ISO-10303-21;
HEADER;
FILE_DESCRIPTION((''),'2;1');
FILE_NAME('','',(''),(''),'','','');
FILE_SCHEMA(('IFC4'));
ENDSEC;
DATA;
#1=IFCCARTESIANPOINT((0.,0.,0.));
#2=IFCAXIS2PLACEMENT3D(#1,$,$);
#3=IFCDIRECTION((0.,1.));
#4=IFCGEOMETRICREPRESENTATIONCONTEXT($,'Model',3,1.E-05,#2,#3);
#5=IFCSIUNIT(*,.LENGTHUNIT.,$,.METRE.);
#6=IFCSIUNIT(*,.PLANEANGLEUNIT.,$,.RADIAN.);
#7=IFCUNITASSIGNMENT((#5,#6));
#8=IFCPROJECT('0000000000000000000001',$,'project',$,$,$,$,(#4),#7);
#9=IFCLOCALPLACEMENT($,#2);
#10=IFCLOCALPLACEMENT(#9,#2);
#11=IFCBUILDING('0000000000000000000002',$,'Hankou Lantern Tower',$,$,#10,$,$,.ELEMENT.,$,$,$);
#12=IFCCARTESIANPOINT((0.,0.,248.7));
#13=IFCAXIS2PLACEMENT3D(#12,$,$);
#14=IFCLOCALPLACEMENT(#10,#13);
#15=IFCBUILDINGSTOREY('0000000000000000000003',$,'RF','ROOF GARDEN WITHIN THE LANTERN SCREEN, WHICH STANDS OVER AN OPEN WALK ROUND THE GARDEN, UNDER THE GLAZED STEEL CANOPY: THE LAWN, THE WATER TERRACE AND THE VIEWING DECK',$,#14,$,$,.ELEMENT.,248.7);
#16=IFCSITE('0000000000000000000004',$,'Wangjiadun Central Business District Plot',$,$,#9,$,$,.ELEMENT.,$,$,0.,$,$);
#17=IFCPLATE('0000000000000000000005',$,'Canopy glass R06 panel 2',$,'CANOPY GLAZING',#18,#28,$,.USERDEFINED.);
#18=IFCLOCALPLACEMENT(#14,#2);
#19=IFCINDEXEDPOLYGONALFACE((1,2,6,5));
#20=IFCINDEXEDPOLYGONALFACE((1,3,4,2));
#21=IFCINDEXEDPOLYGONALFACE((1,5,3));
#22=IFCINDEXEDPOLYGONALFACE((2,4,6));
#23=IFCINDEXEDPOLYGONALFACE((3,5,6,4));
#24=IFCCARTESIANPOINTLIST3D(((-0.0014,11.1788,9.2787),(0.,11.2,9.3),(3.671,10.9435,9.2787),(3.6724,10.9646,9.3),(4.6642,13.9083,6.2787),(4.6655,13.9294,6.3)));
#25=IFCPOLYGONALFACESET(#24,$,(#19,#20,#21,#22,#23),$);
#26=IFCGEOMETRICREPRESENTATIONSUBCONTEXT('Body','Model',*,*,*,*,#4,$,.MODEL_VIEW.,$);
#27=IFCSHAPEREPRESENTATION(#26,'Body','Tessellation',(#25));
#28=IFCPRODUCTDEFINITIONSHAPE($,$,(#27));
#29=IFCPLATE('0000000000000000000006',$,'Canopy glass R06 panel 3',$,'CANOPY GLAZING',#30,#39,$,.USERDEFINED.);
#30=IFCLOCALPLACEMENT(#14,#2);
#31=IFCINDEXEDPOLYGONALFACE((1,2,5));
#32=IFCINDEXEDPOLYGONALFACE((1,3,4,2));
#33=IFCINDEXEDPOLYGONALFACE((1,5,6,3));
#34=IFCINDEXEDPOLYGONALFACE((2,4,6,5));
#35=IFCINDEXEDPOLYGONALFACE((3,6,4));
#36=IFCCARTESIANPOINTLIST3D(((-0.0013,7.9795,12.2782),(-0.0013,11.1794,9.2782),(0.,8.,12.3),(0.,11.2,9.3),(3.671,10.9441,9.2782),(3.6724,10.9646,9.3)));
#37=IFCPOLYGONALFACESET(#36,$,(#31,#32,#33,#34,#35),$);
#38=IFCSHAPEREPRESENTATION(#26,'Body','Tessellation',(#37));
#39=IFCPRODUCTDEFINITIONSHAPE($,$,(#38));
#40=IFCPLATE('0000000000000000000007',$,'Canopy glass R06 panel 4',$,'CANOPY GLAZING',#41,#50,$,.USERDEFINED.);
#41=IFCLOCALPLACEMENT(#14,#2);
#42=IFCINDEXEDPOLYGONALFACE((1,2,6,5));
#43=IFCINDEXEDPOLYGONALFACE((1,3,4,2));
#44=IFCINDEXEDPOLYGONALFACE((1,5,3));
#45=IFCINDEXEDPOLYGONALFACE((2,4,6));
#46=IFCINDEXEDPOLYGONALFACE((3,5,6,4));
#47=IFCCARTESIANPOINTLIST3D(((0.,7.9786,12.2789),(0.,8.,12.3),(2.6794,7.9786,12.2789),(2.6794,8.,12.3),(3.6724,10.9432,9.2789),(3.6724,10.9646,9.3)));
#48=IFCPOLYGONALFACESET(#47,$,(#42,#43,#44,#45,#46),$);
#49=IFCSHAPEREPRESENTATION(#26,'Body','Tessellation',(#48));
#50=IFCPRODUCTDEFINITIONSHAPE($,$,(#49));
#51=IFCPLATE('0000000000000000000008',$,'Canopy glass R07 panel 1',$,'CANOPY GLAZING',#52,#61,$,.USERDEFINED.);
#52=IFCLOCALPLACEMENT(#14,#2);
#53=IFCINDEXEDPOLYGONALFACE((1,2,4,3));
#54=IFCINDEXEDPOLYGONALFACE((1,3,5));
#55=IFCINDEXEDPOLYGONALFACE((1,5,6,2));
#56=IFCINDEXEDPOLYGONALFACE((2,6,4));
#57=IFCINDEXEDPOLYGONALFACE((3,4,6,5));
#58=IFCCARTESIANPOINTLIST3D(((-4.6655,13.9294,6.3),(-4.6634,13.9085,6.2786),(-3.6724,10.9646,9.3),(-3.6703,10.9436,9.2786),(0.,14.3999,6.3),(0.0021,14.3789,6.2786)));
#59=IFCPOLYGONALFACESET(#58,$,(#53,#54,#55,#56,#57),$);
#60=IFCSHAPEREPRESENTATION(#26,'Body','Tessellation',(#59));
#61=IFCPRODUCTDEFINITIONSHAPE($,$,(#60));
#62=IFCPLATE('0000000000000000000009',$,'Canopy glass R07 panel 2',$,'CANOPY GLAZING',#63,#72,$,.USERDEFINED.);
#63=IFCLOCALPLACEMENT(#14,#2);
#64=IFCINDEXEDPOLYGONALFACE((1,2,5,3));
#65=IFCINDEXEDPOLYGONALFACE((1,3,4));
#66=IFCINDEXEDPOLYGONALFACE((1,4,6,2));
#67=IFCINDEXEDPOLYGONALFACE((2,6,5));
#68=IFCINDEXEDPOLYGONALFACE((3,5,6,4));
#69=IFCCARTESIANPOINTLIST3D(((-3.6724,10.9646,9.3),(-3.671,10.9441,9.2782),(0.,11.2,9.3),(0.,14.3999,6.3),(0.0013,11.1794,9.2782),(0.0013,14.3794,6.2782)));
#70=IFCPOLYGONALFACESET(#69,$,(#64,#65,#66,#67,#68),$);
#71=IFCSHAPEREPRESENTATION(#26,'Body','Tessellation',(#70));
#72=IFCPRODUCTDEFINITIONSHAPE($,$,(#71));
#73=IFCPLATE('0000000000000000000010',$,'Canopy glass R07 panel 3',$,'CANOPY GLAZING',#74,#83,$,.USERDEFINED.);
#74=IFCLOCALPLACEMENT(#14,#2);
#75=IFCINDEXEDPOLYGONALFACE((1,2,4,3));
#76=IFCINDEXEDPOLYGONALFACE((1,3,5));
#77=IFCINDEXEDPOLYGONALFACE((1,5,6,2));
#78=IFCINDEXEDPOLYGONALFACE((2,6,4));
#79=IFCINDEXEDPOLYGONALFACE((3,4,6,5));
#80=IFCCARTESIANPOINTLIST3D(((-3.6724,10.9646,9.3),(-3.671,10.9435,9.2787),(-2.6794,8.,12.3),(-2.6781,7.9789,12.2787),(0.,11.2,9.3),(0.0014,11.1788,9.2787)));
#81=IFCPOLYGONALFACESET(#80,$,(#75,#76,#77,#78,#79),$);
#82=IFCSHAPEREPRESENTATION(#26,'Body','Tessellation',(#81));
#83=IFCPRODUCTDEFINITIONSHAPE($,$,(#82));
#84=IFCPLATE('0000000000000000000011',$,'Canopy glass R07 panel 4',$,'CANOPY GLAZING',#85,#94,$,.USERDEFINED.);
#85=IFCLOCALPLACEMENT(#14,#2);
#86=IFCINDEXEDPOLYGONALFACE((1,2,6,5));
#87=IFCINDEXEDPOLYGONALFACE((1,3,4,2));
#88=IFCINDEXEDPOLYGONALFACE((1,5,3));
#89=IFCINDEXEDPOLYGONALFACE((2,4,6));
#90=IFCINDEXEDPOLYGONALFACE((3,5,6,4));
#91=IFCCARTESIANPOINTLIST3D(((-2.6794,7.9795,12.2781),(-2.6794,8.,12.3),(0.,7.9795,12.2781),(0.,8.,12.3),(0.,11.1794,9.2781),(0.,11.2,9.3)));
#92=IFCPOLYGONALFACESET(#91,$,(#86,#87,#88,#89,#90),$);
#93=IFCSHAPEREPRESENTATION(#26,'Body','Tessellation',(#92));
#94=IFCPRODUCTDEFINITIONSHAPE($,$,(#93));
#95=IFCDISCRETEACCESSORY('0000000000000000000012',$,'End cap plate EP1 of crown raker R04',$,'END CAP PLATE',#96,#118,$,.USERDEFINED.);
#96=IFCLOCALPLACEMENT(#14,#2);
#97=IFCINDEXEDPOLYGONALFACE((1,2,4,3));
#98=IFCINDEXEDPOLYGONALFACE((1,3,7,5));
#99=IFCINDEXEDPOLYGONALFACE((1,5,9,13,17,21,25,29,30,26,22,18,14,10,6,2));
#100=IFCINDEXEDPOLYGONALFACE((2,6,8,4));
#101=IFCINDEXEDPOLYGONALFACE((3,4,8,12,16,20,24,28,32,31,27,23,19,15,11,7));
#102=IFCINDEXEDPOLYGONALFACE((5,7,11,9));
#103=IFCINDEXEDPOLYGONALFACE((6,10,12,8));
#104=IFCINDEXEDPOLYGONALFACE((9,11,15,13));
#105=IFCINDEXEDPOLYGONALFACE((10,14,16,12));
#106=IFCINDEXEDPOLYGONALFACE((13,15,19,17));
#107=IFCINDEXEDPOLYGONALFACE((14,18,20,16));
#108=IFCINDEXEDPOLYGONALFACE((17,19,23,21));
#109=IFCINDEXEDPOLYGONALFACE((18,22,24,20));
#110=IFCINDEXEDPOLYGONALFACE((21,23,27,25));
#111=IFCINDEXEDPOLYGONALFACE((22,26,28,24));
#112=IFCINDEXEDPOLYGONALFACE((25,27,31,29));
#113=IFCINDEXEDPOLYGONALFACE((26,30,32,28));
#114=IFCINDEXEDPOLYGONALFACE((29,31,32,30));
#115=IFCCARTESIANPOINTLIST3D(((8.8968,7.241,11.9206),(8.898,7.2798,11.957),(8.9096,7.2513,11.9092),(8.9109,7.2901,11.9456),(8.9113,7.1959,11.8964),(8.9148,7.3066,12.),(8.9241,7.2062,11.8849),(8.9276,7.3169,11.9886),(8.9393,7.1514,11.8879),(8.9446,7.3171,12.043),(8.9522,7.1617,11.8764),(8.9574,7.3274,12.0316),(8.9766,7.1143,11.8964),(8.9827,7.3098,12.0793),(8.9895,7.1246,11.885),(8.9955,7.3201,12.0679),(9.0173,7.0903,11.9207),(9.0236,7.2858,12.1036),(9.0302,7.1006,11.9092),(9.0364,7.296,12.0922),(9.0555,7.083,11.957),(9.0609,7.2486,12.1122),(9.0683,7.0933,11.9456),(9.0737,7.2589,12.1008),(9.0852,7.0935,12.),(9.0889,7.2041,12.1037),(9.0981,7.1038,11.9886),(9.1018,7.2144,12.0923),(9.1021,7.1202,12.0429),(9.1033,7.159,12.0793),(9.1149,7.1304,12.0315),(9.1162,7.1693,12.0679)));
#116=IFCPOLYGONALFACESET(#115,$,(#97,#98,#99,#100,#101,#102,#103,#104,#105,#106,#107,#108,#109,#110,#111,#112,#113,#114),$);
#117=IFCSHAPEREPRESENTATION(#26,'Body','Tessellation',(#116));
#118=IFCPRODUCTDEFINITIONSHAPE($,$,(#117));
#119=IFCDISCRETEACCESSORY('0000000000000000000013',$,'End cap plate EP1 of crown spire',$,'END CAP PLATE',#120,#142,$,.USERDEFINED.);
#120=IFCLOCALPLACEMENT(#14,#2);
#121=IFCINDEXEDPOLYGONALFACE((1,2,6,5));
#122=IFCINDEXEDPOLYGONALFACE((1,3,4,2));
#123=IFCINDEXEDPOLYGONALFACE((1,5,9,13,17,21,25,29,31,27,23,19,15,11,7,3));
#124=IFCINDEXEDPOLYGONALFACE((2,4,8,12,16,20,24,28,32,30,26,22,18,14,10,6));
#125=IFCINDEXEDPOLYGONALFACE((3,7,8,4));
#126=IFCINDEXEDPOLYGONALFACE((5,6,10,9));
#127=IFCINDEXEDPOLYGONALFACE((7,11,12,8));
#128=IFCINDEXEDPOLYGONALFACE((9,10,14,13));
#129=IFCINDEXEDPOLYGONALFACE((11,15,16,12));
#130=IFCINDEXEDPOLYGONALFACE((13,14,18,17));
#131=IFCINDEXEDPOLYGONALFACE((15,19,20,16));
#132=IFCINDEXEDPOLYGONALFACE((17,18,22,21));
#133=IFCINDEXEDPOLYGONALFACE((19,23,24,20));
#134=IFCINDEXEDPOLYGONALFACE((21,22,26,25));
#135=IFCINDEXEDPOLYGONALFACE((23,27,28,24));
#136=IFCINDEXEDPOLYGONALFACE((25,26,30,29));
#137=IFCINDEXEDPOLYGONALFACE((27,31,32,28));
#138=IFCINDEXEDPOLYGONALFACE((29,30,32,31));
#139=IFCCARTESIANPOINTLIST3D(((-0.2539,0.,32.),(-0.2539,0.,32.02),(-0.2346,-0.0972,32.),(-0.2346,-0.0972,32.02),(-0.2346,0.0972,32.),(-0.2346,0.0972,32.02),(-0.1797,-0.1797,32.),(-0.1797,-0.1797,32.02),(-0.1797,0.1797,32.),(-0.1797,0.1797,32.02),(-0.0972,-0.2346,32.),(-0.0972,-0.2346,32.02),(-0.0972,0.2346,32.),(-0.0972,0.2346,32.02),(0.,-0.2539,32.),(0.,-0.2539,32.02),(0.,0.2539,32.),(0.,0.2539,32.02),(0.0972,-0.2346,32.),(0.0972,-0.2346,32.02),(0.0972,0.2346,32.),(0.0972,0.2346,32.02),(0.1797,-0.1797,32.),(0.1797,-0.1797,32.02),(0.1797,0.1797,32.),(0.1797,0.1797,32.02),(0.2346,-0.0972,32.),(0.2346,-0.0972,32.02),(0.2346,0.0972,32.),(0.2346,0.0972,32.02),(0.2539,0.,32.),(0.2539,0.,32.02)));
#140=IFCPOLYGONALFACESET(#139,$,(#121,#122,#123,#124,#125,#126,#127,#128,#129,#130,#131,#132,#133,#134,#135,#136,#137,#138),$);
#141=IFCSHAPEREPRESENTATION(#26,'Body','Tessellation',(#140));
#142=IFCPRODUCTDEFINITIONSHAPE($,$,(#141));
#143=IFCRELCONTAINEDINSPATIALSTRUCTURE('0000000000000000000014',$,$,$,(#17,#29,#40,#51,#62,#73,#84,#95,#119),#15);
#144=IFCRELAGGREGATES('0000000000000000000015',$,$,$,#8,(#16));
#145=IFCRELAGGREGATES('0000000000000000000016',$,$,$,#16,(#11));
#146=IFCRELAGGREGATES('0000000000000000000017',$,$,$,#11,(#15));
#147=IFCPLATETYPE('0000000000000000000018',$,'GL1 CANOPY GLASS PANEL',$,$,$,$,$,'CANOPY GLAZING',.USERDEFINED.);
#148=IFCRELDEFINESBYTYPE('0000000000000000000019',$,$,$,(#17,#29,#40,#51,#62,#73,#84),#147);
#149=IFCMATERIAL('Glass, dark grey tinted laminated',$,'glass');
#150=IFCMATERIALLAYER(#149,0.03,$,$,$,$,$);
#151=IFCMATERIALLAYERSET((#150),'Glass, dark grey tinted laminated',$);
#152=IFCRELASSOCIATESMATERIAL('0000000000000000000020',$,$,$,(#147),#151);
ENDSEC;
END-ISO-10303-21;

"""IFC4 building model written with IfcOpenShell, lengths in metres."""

from ifc_helpers import new_model, si_unit, direction, frame, origin, place, context, subcontext, project, spatial, polyline, outline, extrude, material, layer, layer_set, type_object, element, save


model = new_model("IFC4")

# Units and contexts
model_context = context("Model", 3, precision=1e-05, world=origin(), true_north=direction((0.0, 1.0)))
body_context = subcontext(model_context, "Body", "Model", "MODEL_VIEW")
ifc_project = project(units=[si_unit("LENGTHUNIT", "METRE"), si_unit("PLANEANGLEUNIT", "RADIAN")], contexts=[model_context])

# Site, building, storey
site_placement = place(None, origin())
site = spatial("IfcSite", under=ifc_project, at=site_placement, Name="Wangjiadun Central Business District Plot", CompositionType="ELEMENT", RefElevation=0.0)
building_placement = place(site_placement, origin())
building = spatial("IfcBuilding", under=site, at=building_placement, Name="Hankou Lantern Tower", CompositionType="ELEMENT")
storey_placement = place(building_placement, frame((0.0, 0.0, 248.7)))
storey = spatial("IfcBuildingStorey", under=building, at=storey_placement, Name="RF", Description="ROOF GARDEN WITHIN THE LANTERN SCREEN, WHICH STANDS OVER AN OPEN WALK ROUND THE GARDEN, UNDER THE GLAZED STEEL CANOPY: THE LAWN, THE WATER TERRACE AND THE VIEWING DECK", CompositionType="ELEMENT", Elevation=248.7)

# Plates
ifc_material_1 = material(Name="Glass, dark grey tinted laminated", Category="glass")
ifc_layer = layer(ifc_material_1, 0.03)
ifc_layer_set = layer_set([ifc_layer], Name="Glass, dark grey tinted laminated")
plate_type = type_object("IfcPlateType", Name="GL1 CANOPY GLASS PANEL", ElementType="CANOPY GLAZING", PredefinedType="USERDEFINED", material=ifc_layer_set)
plate_1_placement = place(storey_placement, frame((4.6655, 13.9294, 6.3), z_axis=(0.045056, 0.703042, 0.709719), x_axis=(-0.754694, -0.441522, 0.485279)))
element("IfcPlate", 1, at=plate_1_placement, inside=storey, type_object=plate_type, Name="Canopy glass R06 panel 2", ObjectType="CANOPY GLAZING", PredefinedType="USERDEFINED", context=body_context, shape_type="SweptSolid", body=[
    extrude(outline(polyline([(0.0, 0.0), (6.182, 0.0), (3.5144, 2.5349), (0.0, 0.0)])), origin(), (0.0, 0.0, -1.0), 0.03),
])
plate_2_placement = place(storey_placement, frame((3.6724, 10.9646, 9.3), z_axis=(0.04379, 0.683291, 0.728832), x_axis=(-0.997953, 0.063956, 0.0)))
element("IfcPlate", 2, at=plate_2_placement, inside=storey, type_object=plate_type, Name="Canopy glass R06 panel 3", ObjectType="CANOPY GLAZING", PredefinedType="USERDEFINED", context=body_context, shape_type="SweptSolid", body=[
    extrude(outline(polyline([(0.0, 0.0), (3.6799, 0.0), (3.4752, 4.3815), (0.0, 0.0)])), origin(), (0.0, 0.0, -1.0), 0.03),
])
plate_3_placement = place(storey_placement, frame((3.6724, 10.9646, 9.3), z_axis=(0.0, 0.711291, 0.702898), x_axis=(-0.656669, -0.530111, 0.536441)))
element("IfcPlate", 3, at=plate_3_placement, inside=storey, type_object=plate_type, Name="Canopy glass R06 panel 4", ObjectType="CANOPY GLAZING", PredefinedType="USERDEFINED", context=body_context, shape_type="SweptSolid", body=[
    extrude(outline(polyline([(0.0, 0.0), (5.5924, 0.0), (3.8329, 2.0208), (0.0, 0.0)])), origin(), (0.0, 0.0, -1.0), 0.03),
])
plate_4_placement = place(storey_placement, frame((0.0, 14.3999, 6.3), z_axis=(-0.07036, 0.697756, 0.712872), x_axis=(-0.994954, -0.100328, 0.0)))
element("IfcPlate", 4, at=plate_4_placement, inside=storey, type_object=plate_type, Name="Canopy glass R07 panel 1", ObjectType="CANOPY GLAZING", PredefinedType="USERDEFINED", context=body_context, shape_type="SweptSolid", body=[
    extrude(outline(polyline([(0.0, 0.0), (4.6892, 0.0), (3.9985, 4.2778), (0.0, 0.0)])), origin(), (0.0, 0.0, -1.0), 0.03),
])
plate_5_placement = place(storey_placement, frame((0.0, 14.3999, 6.3), z_axis=(-0.04379, 0.683291, 0.728832), x_axis=(-0.627159, -0.586674, 0.512334)))
element("IfcPlate", 5, at=plate_5_placement, inside=storey, type_object=plate_type, Name="Canopy glass R07 panel 2", ObjectType="CANOPY GLAZING", PredefinedType="USERDEFINED", context=body_context, shape_type="SweptSolid", body=[
    extrude(outline(polyline([(0.0, 0.0), (5.8556, 0.0), (3.4143, 2.7536), (0.0, 0.0)])), origin(), (0.0, 0.0, -1.0), 0.03),
])
plate_6_placement = place(storey_placement, frame((0.0, 11.2, 9.3), z_axis=(-0.045058, 0.703073, 0.709689), x_axis=(-0.997953, -0.063956, 0.0)))
element("IfcPlate", 6, at=plate_6_placement, inside=storey, type_object=plate_type, Name="Canopy glass R07 panel 3", ObjectType="CANOPY GLAZING", PredefinedType="USERDEFINED", context=body_context, shape_type="SweptSolid", body=[
    extrude(outline(polyline([(0.0, 0.0), (3.6799, 0.0), (2.8786, 4.2582), (0.0, 0.0)])), origin(), (0.0, 0.0, -1.0), 0.03),
])
plate_7_placement = place(storey_placement, frame((0.0, 11.2, 9.3), z_axis=(0.0, 0.683947, 0.729532), x_axis=(-0.521297, -0.622564, 0.583663)))
element("IfcPlate", 7, at=plate_7_placement, inside=storey, type_object=plate_type, Name="Canopy glass R07 panel 4", ObjectType="CANOPY GLAZING", PredefinedType="USERDEFINED", context=body_context, shape_type="SweptSolid", body=[
    extrude(outline(polyline([(0.0, 0.0), (5.14, 0.0), (3.7432, 2.2866), (0.0, 0.0)])), origin(), (0.0, 0.0, -1.0), 0.03),
])

# Discrete accessories
discrete_accessory_1_placement = place(storey_placement, frame((8.9148, 7.3066, 12.0), z_axis=(-0.641608, -0.513257, 0.570006), x_axis=(-0.31428, -0.501977, -0.805759)))
element("IfcDiscreteAccessory", 8, at=discrete_accessory_1_placement, inside=storey, Name="End cap plate EP1 of crown raker R04", ObjectType="END CAP PLATE", PredefinedType="USERDEFINED", context=body_context, shape_type="SweptSolid", body=[
    extrude(outline(polyline([(0.0, 0.0), (0.0534, 0.0), (0.1026, 0.0203), (0.1402, 0.058), (0.1606, 0.1072), (0.1606, 0.1605), (0.1403, 0.2096), (0.1027, 0.2472), (0.0534, 0.2676), (0.0002, 0.2678), (-0.049, 0.2475), (-0.0868, 0.2099), (-0.1072, 0.1607), (-0.1072, 0.1073), (-0.0869, 0.058), (-0.0493, 0.0204), (0.0, 0.0)])), origin(), (0.0, 0.0, -1.0), 0.02),
])
discrete_accessory_2_placement = place(storey_placement, frame((0.2539, 0.0, 32.02), z_axis=(0.0, 0.0, 1.0), x_axis=(-0.194694, 0.980864, 0.0)))
element("IfcDiscreteAccessory", 9, at=discrete_accessory_2_placement, inside=storey, Name="End cap plate EP1 of crown spire", ObjectType="END CAP PLATE", PredefinedType="USERDEFINED", context=body_context, shape_type="SweptSolid", body=[
    extrude(outline(polyline([(0.0, 0.0), (0.0991, 0.0), (0.1907, 0.0378), (0.2606, 0.1081), (0.2985, 0.1996), (0.2985, 0.2987), (0.2607, 0.3903), (0.1904, 0.4603), (0.0989, 0.4981), (-0.0002, 0.4981), (-0.0918, 0.4603), (-0.1618, 0.39), (-0.1996, 0.2985), (-0.1996, 0.1994), (-0.1618, 0.1078), (-0.0916, 0.0378), (0.0, 0.0)])), origin(), (0.0, 0.0, -1.0), 0.02),
])

save(model, "model.ifc")
